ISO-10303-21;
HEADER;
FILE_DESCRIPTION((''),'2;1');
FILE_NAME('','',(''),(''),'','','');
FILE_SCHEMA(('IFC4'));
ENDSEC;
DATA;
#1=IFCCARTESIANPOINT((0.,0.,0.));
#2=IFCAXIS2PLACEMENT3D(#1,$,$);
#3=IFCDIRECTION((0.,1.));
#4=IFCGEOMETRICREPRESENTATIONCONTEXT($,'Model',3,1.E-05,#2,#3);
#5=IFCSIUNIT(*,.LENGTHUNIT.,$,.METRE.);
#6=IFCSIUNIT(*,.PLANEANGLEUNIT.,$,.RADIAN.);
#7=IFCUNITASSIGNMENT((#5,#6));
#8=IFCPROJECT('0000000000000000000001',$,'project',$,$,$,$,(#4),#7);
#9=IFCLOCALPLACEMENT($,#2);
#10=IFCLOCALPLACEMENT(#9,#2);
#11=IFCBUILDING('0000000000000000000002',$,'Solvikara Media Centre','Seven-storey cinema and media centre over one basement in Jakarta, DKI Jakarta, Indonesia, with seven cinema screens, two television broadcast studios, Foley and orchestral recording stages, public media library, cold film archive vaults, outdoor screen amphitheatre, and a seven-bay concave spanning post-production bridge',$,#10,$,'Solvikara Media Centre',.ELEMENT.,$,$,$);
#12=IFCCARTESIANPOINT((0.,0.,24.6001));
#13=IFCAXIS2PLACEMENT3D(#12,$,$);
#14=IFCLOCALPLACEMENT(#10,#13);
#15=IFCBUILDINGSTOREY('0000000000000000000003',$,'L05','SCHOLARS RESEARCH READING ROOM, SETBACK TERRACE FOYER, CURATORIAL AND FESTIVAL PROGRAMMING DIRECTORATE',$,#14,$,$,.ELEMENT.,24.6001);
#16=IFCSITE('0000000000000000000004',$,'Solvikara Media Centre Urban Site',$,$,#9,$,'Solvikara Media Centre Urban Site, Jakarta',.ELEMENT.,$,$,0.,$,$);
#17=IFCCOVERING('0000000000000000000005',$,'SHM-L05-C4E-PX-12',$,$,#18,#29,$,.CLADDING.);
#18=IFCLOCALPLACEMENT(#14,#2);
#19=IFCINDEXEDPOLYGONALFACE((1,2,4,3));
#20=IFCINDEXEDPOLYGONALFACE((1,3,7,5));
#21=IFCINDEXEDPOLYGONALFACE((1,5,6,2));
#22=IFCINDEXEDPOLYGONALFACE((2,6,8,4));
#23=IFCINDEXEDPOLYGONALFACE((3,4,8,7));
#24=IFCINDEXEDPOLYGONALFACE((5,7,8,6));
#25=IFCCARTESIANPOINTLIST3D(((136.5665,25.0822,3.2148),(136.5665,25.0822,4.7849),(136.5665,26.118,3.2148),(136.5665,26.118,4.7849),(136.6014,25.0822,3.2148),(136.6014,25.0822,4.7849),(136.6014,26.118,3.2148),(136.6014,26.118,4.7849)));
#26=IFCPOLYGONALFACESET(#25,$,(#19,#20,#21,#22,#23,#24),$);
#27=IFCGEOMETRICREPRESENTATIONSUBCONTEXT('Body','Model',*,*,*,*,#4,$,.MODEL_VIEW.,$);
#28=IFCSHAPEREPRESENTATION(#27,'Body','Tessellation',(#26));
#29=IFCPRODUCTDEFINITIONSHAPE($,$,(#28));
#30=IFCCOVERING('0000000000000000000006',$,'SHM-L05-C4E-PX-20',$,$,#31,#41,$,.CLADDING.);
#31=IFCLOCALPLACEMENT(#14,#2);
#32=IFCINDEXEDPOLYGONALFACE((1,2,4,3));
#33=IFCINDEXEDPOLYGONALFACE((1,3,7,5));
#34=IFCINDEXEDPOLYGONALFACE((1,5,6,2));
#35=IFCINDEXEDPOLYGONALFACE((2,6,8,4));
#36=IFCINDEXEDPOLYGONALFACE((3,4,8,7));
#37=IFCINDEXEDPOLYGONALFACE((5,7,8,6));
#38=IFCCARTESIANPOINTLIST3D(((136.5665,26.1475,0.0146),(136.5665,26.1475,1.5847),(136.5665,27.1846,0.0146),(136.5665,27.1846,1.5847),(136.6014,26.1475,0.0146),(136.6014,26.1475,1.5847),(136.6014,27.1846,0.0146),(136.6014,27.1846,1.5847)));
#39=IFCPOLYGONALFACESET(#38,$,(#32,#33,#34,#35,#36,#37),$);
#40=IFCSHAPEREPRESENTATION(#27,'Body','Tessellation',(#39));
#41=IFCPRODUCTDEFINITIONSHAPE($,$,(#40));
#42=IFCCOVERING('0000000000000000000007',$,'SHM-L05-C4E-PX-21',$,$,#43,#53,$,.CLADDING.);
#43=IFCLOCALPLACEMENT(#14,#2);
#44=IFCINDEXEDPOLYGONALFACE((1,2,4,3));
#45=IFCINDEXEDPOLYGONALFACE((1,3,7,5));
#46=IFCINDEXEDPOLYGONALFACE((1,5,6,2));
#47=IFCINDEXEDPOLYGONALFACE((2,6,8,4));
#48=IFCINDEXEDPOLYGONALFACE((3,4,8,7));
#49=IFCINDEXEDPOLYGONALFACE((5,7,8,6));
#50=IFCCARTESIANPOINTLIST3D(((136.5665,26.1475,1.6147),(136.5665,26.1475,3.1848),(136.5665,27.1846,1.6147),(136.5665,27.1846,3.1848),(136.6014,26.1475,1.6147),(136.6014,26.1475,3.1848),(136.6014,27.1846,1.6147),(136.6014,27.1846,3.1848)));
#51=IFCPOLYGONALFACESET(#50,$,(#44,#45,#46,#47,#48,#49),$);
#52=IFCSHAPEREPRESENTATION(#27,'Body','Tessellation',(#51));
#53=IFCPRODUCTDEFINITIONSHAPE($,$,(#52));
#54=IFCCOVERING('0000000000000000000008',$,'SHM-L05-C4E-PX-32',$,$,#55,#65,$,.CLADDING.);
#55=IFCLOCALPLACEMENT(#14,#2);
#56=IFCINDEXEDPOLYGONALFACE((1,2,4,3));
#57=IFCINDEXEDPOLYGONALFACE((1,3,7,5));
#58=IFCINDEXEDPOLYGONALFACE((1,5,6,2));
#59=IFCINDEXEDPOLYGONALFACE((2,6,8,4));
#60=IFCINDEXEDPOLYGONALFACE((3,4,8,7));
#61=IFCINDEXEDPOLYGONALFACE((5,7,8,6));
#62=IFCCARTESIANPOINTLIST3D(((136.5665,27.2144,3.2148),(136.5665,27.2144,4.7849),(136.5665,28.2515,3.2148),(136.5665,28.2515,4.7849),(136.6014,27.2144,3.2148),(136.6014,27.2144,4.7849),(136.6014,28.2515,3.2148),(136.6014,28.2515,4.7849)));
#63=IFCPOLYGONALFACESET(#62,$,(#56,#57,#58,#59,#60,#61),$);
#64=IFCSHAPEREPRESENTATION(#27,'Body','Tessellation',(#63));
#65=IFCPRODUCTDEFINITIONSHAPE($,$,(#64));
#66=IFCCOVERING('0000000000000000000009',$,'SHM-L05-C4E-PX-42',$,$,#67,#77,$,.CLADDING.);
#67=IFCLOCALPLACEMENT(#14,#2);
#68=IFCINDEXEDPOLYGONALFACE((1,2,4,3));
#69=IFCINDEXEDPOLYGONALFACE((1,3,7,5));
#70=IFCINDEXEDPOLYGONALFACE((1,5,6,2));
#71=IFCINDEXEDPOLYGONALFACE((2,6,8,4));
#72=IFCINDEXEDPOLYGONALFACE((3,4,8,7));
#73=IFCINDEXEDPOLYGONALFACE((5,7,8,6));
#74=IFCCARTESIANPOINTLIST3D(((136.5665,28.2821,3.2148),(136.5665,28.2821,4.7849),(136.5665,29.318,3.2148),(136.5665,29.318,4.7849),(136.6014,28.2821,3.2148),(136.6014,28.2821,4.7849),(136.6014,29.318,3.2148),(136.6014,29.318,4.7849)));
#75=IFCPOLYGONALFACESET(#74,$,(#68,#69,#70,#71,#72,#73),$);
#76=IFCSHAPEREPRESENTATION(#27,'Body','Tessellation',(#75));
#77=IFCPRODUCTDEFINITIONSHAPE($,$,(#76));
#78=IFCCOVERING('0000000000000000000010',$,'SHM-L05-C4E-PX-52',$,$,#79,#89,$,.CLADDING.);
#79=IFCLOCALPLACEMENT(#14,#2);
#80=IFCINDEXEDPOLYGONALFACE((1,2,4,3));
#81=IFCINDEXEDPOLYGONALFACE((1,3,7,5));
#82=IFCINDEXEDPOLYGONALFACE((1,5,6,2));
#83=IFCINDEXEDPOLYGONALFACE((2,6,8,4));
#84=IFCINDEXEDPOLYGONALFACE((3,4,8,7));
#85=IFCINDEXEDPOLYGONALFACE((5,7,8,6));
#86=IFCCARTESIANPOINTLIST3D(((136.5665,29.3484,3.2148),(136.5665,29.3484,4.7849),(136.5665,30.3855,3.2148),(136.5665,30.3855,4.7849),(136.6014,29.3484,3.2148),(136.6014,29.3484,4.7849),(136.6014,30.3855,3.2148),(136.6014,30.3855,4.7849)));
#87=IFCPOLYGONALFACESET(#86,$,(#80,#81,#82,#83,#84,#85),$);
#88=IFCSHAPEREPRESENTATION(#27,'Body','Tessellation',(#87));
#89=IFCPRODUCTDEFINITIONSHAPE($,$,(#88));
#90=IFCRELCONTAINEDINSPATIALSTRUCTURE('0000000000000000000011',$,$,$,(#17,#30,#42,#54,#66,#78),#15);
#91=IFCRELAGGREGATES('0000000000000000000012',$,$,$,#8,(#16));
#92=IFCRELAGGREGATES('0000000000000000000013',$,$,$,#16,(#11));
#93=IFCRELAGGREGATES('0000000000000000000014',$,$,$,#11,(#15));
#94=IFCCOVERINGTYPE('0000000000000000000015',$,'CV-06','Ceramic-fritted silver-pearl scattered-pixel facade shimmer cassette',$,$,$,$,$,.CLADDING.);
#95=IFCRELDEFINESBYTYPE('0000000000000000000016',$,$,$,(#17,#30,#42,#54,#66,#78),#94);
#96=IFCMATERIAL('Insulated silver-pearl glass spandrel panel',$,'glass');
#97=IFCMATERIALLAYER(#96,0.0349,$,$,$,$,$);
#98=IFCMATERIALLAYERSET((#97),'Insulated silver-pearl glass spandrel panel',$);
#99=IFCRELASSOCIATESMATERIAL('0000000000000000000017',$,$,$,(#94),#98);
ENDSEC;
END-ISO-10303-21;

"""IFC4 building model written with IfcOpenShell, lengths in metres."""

from ifc_helpers import new_model, si_unit, direction, frame, origin, origin_2d, place, context, subcontext, project, spatial, rectangle, extrude, material, layer, layer_set, type_object, element, save


model = new_model("IFC4")

# Units and contexts
model_context = context("Model", 3, precision=1e-05, world=origin(), true_north=direction((0.0, 1.0)))
body_context = subcontext(model_context, "Body", "Model", "MODEL_VIEW")
ifc_project = project(units=[si_unit("LENGTHUNIT", "METRE"), si_unit("PLANEANGLEUNIT", "RADIAN")], contexts=[model_context])

# Site, building, storey
site_placement = place(None, origin())
site = spatial("IfcSite", under=ifc_project, at=site_placement, Name="Solvikara Media Centre Urban Site", LongName="Solvikara Media Centre Urban Site, Jakarta", CompositionType="ELEMENT", RefElevation=0.0)
building_placement = place(site_placement, origin())
building = spatial("IfcBuilding", under=site, at=building_placement, Name="Solvikara Media Centre", Description="Seven-storey cinema and media centre over one basement in Jakarta, DKI Jakarta, Indonesia, with seven cinema screens, two television broadcast studios, Foley and orchestral recording stages, public media library, cold film archive vaults, outdoor screen amphitheatre, and a seven-bay concave spanning post-production bridge", LongName="Solvikara Media Centre", CompositionType="ELEMENT")
storey_placement = place(building_placement, frame((0.0, 0.0, 24.6001)))
storey = spatial("IfcBuildingStorey", under=building, at=storey_placement, Name="L05", Description="SCHOLARS RESEARCH READING ROOM, SETBACK TERRACE FOYER, CURATORIAL AND FESTIVAL PROGRAMMING DIRECTORATE", CompositionType="ELEMENT", Elevation=24.6001)

# Coverings
ifc_material_1 = material(Name="Insulated silver-pearl glass spandrel panel", Category="glass")
ifc_layer_1 = layer(ifc_material_1, 0.0349)
ifc_layer_set_1 = layer_set([ifc_layer_1], Name="Insulated silver-pearl glass spandrel panel")
covering_type_1 = type_object("IfcCoveringType", Name="CV-06", Description="Ceramic-fritted silver-pearl scattered-pixel facade shimmer cassette", PredefinedType="CLADDING", material=ifc_layer_set_1)
covering_1_placement = place(storey_placement, frame((136.584, 25.6001, 3.2148), z_axis=(0.0, 0.0, 1.0), x_axis=(0.0, 1.0, 0.0)))
element("IfcCovering", 1, at=covering_1_placement, inside=storey, type_object=covering_type_1, Name="SHM-L05-C4E-PX-12", PredefinedType="CLADDING", context=body_context, shape_type="SweptSolid", body=[
    extrude(rectangle(XDim=1.0359, YDim=0.0349, at=origin_2d()), origin(), (0.0, 0.0, 1.0), 1.5701),
])
for number, where, z_axis, x_axis, name in (
    (2, (136.584, 26.666, 0.0146), (0.0, 0.0, 1.0), (0.0, 1.0, 0.0), "SHM-L05-C4E-PX-20"),
    (3, (136.584, 26.666, 1.6147), (0.0, 0.0, 1.0), (0.0, 1.0, 0.0), "SHM-L05-C4E-PX-21"),
    (4, (136.584, 27.7329, 3.2148), (0.0, 0.0, 1.0), (0.0, 1.0, 0.0), "SHM-L05-C4E-PX-32"),
):
    element("IfcCovering", number, at=place(storey_placement, frame(where, z_axis=z_axis, x_axis=x_axis)), inside=storey, type_object=covering_type_1, Name=name, PredefinedType="CLADDING", context=body_context, shape_type="SweptSolid", body=[
        extrude(rectangle(XDim=1.0371, YDim=0.0349, at=origin_2d()), origin(), (0.0, 0.0, 1.0), 1.5701),
    ])
covering_2_placement = place(storey_placement, frame((136.584, 28.8, 3.2148), z_axis=(0.0, 0.0, 1.0), x_axis=(0.0, 1.0, 0.0)))
element("IfcCovering", 5, at=covering_2_placement, inside=storey, type_object=covering_type_1, Name="SHM-L05-C4E-PX-42", PredefinedType="CLADDING", context=body_context, shape_type="SweptSolid", body=[
    extrude(rectangle(XDim=1.0359, YDim=0.0349, at=origin_2d()), origin(), (0.0, 0.0, 1.0), 1.5701),
])
covering_3_placement = place(storey_placement, frame((136.584, 29.8669, 3.2148), z_axis=(0.0, 0.0, 1.0), x_axis=(0.0, 1.0, 0.0)))
element("IfcCovering", 6, at=covering_3_placement, inside=storey, type_object=covering_type_1, Name="SHM-L05-C4E-PX-52", PredefinedType="CLADDING", context=body_context, shape_type="SweptSolid", body=[
    extrude(rectangle(XDim=1.0371, YDim=0.0349, at=origin_2d()), origin(), (0.0, 0.0, 1.0), 1.5701),
])

save(model, "model.ifc")
